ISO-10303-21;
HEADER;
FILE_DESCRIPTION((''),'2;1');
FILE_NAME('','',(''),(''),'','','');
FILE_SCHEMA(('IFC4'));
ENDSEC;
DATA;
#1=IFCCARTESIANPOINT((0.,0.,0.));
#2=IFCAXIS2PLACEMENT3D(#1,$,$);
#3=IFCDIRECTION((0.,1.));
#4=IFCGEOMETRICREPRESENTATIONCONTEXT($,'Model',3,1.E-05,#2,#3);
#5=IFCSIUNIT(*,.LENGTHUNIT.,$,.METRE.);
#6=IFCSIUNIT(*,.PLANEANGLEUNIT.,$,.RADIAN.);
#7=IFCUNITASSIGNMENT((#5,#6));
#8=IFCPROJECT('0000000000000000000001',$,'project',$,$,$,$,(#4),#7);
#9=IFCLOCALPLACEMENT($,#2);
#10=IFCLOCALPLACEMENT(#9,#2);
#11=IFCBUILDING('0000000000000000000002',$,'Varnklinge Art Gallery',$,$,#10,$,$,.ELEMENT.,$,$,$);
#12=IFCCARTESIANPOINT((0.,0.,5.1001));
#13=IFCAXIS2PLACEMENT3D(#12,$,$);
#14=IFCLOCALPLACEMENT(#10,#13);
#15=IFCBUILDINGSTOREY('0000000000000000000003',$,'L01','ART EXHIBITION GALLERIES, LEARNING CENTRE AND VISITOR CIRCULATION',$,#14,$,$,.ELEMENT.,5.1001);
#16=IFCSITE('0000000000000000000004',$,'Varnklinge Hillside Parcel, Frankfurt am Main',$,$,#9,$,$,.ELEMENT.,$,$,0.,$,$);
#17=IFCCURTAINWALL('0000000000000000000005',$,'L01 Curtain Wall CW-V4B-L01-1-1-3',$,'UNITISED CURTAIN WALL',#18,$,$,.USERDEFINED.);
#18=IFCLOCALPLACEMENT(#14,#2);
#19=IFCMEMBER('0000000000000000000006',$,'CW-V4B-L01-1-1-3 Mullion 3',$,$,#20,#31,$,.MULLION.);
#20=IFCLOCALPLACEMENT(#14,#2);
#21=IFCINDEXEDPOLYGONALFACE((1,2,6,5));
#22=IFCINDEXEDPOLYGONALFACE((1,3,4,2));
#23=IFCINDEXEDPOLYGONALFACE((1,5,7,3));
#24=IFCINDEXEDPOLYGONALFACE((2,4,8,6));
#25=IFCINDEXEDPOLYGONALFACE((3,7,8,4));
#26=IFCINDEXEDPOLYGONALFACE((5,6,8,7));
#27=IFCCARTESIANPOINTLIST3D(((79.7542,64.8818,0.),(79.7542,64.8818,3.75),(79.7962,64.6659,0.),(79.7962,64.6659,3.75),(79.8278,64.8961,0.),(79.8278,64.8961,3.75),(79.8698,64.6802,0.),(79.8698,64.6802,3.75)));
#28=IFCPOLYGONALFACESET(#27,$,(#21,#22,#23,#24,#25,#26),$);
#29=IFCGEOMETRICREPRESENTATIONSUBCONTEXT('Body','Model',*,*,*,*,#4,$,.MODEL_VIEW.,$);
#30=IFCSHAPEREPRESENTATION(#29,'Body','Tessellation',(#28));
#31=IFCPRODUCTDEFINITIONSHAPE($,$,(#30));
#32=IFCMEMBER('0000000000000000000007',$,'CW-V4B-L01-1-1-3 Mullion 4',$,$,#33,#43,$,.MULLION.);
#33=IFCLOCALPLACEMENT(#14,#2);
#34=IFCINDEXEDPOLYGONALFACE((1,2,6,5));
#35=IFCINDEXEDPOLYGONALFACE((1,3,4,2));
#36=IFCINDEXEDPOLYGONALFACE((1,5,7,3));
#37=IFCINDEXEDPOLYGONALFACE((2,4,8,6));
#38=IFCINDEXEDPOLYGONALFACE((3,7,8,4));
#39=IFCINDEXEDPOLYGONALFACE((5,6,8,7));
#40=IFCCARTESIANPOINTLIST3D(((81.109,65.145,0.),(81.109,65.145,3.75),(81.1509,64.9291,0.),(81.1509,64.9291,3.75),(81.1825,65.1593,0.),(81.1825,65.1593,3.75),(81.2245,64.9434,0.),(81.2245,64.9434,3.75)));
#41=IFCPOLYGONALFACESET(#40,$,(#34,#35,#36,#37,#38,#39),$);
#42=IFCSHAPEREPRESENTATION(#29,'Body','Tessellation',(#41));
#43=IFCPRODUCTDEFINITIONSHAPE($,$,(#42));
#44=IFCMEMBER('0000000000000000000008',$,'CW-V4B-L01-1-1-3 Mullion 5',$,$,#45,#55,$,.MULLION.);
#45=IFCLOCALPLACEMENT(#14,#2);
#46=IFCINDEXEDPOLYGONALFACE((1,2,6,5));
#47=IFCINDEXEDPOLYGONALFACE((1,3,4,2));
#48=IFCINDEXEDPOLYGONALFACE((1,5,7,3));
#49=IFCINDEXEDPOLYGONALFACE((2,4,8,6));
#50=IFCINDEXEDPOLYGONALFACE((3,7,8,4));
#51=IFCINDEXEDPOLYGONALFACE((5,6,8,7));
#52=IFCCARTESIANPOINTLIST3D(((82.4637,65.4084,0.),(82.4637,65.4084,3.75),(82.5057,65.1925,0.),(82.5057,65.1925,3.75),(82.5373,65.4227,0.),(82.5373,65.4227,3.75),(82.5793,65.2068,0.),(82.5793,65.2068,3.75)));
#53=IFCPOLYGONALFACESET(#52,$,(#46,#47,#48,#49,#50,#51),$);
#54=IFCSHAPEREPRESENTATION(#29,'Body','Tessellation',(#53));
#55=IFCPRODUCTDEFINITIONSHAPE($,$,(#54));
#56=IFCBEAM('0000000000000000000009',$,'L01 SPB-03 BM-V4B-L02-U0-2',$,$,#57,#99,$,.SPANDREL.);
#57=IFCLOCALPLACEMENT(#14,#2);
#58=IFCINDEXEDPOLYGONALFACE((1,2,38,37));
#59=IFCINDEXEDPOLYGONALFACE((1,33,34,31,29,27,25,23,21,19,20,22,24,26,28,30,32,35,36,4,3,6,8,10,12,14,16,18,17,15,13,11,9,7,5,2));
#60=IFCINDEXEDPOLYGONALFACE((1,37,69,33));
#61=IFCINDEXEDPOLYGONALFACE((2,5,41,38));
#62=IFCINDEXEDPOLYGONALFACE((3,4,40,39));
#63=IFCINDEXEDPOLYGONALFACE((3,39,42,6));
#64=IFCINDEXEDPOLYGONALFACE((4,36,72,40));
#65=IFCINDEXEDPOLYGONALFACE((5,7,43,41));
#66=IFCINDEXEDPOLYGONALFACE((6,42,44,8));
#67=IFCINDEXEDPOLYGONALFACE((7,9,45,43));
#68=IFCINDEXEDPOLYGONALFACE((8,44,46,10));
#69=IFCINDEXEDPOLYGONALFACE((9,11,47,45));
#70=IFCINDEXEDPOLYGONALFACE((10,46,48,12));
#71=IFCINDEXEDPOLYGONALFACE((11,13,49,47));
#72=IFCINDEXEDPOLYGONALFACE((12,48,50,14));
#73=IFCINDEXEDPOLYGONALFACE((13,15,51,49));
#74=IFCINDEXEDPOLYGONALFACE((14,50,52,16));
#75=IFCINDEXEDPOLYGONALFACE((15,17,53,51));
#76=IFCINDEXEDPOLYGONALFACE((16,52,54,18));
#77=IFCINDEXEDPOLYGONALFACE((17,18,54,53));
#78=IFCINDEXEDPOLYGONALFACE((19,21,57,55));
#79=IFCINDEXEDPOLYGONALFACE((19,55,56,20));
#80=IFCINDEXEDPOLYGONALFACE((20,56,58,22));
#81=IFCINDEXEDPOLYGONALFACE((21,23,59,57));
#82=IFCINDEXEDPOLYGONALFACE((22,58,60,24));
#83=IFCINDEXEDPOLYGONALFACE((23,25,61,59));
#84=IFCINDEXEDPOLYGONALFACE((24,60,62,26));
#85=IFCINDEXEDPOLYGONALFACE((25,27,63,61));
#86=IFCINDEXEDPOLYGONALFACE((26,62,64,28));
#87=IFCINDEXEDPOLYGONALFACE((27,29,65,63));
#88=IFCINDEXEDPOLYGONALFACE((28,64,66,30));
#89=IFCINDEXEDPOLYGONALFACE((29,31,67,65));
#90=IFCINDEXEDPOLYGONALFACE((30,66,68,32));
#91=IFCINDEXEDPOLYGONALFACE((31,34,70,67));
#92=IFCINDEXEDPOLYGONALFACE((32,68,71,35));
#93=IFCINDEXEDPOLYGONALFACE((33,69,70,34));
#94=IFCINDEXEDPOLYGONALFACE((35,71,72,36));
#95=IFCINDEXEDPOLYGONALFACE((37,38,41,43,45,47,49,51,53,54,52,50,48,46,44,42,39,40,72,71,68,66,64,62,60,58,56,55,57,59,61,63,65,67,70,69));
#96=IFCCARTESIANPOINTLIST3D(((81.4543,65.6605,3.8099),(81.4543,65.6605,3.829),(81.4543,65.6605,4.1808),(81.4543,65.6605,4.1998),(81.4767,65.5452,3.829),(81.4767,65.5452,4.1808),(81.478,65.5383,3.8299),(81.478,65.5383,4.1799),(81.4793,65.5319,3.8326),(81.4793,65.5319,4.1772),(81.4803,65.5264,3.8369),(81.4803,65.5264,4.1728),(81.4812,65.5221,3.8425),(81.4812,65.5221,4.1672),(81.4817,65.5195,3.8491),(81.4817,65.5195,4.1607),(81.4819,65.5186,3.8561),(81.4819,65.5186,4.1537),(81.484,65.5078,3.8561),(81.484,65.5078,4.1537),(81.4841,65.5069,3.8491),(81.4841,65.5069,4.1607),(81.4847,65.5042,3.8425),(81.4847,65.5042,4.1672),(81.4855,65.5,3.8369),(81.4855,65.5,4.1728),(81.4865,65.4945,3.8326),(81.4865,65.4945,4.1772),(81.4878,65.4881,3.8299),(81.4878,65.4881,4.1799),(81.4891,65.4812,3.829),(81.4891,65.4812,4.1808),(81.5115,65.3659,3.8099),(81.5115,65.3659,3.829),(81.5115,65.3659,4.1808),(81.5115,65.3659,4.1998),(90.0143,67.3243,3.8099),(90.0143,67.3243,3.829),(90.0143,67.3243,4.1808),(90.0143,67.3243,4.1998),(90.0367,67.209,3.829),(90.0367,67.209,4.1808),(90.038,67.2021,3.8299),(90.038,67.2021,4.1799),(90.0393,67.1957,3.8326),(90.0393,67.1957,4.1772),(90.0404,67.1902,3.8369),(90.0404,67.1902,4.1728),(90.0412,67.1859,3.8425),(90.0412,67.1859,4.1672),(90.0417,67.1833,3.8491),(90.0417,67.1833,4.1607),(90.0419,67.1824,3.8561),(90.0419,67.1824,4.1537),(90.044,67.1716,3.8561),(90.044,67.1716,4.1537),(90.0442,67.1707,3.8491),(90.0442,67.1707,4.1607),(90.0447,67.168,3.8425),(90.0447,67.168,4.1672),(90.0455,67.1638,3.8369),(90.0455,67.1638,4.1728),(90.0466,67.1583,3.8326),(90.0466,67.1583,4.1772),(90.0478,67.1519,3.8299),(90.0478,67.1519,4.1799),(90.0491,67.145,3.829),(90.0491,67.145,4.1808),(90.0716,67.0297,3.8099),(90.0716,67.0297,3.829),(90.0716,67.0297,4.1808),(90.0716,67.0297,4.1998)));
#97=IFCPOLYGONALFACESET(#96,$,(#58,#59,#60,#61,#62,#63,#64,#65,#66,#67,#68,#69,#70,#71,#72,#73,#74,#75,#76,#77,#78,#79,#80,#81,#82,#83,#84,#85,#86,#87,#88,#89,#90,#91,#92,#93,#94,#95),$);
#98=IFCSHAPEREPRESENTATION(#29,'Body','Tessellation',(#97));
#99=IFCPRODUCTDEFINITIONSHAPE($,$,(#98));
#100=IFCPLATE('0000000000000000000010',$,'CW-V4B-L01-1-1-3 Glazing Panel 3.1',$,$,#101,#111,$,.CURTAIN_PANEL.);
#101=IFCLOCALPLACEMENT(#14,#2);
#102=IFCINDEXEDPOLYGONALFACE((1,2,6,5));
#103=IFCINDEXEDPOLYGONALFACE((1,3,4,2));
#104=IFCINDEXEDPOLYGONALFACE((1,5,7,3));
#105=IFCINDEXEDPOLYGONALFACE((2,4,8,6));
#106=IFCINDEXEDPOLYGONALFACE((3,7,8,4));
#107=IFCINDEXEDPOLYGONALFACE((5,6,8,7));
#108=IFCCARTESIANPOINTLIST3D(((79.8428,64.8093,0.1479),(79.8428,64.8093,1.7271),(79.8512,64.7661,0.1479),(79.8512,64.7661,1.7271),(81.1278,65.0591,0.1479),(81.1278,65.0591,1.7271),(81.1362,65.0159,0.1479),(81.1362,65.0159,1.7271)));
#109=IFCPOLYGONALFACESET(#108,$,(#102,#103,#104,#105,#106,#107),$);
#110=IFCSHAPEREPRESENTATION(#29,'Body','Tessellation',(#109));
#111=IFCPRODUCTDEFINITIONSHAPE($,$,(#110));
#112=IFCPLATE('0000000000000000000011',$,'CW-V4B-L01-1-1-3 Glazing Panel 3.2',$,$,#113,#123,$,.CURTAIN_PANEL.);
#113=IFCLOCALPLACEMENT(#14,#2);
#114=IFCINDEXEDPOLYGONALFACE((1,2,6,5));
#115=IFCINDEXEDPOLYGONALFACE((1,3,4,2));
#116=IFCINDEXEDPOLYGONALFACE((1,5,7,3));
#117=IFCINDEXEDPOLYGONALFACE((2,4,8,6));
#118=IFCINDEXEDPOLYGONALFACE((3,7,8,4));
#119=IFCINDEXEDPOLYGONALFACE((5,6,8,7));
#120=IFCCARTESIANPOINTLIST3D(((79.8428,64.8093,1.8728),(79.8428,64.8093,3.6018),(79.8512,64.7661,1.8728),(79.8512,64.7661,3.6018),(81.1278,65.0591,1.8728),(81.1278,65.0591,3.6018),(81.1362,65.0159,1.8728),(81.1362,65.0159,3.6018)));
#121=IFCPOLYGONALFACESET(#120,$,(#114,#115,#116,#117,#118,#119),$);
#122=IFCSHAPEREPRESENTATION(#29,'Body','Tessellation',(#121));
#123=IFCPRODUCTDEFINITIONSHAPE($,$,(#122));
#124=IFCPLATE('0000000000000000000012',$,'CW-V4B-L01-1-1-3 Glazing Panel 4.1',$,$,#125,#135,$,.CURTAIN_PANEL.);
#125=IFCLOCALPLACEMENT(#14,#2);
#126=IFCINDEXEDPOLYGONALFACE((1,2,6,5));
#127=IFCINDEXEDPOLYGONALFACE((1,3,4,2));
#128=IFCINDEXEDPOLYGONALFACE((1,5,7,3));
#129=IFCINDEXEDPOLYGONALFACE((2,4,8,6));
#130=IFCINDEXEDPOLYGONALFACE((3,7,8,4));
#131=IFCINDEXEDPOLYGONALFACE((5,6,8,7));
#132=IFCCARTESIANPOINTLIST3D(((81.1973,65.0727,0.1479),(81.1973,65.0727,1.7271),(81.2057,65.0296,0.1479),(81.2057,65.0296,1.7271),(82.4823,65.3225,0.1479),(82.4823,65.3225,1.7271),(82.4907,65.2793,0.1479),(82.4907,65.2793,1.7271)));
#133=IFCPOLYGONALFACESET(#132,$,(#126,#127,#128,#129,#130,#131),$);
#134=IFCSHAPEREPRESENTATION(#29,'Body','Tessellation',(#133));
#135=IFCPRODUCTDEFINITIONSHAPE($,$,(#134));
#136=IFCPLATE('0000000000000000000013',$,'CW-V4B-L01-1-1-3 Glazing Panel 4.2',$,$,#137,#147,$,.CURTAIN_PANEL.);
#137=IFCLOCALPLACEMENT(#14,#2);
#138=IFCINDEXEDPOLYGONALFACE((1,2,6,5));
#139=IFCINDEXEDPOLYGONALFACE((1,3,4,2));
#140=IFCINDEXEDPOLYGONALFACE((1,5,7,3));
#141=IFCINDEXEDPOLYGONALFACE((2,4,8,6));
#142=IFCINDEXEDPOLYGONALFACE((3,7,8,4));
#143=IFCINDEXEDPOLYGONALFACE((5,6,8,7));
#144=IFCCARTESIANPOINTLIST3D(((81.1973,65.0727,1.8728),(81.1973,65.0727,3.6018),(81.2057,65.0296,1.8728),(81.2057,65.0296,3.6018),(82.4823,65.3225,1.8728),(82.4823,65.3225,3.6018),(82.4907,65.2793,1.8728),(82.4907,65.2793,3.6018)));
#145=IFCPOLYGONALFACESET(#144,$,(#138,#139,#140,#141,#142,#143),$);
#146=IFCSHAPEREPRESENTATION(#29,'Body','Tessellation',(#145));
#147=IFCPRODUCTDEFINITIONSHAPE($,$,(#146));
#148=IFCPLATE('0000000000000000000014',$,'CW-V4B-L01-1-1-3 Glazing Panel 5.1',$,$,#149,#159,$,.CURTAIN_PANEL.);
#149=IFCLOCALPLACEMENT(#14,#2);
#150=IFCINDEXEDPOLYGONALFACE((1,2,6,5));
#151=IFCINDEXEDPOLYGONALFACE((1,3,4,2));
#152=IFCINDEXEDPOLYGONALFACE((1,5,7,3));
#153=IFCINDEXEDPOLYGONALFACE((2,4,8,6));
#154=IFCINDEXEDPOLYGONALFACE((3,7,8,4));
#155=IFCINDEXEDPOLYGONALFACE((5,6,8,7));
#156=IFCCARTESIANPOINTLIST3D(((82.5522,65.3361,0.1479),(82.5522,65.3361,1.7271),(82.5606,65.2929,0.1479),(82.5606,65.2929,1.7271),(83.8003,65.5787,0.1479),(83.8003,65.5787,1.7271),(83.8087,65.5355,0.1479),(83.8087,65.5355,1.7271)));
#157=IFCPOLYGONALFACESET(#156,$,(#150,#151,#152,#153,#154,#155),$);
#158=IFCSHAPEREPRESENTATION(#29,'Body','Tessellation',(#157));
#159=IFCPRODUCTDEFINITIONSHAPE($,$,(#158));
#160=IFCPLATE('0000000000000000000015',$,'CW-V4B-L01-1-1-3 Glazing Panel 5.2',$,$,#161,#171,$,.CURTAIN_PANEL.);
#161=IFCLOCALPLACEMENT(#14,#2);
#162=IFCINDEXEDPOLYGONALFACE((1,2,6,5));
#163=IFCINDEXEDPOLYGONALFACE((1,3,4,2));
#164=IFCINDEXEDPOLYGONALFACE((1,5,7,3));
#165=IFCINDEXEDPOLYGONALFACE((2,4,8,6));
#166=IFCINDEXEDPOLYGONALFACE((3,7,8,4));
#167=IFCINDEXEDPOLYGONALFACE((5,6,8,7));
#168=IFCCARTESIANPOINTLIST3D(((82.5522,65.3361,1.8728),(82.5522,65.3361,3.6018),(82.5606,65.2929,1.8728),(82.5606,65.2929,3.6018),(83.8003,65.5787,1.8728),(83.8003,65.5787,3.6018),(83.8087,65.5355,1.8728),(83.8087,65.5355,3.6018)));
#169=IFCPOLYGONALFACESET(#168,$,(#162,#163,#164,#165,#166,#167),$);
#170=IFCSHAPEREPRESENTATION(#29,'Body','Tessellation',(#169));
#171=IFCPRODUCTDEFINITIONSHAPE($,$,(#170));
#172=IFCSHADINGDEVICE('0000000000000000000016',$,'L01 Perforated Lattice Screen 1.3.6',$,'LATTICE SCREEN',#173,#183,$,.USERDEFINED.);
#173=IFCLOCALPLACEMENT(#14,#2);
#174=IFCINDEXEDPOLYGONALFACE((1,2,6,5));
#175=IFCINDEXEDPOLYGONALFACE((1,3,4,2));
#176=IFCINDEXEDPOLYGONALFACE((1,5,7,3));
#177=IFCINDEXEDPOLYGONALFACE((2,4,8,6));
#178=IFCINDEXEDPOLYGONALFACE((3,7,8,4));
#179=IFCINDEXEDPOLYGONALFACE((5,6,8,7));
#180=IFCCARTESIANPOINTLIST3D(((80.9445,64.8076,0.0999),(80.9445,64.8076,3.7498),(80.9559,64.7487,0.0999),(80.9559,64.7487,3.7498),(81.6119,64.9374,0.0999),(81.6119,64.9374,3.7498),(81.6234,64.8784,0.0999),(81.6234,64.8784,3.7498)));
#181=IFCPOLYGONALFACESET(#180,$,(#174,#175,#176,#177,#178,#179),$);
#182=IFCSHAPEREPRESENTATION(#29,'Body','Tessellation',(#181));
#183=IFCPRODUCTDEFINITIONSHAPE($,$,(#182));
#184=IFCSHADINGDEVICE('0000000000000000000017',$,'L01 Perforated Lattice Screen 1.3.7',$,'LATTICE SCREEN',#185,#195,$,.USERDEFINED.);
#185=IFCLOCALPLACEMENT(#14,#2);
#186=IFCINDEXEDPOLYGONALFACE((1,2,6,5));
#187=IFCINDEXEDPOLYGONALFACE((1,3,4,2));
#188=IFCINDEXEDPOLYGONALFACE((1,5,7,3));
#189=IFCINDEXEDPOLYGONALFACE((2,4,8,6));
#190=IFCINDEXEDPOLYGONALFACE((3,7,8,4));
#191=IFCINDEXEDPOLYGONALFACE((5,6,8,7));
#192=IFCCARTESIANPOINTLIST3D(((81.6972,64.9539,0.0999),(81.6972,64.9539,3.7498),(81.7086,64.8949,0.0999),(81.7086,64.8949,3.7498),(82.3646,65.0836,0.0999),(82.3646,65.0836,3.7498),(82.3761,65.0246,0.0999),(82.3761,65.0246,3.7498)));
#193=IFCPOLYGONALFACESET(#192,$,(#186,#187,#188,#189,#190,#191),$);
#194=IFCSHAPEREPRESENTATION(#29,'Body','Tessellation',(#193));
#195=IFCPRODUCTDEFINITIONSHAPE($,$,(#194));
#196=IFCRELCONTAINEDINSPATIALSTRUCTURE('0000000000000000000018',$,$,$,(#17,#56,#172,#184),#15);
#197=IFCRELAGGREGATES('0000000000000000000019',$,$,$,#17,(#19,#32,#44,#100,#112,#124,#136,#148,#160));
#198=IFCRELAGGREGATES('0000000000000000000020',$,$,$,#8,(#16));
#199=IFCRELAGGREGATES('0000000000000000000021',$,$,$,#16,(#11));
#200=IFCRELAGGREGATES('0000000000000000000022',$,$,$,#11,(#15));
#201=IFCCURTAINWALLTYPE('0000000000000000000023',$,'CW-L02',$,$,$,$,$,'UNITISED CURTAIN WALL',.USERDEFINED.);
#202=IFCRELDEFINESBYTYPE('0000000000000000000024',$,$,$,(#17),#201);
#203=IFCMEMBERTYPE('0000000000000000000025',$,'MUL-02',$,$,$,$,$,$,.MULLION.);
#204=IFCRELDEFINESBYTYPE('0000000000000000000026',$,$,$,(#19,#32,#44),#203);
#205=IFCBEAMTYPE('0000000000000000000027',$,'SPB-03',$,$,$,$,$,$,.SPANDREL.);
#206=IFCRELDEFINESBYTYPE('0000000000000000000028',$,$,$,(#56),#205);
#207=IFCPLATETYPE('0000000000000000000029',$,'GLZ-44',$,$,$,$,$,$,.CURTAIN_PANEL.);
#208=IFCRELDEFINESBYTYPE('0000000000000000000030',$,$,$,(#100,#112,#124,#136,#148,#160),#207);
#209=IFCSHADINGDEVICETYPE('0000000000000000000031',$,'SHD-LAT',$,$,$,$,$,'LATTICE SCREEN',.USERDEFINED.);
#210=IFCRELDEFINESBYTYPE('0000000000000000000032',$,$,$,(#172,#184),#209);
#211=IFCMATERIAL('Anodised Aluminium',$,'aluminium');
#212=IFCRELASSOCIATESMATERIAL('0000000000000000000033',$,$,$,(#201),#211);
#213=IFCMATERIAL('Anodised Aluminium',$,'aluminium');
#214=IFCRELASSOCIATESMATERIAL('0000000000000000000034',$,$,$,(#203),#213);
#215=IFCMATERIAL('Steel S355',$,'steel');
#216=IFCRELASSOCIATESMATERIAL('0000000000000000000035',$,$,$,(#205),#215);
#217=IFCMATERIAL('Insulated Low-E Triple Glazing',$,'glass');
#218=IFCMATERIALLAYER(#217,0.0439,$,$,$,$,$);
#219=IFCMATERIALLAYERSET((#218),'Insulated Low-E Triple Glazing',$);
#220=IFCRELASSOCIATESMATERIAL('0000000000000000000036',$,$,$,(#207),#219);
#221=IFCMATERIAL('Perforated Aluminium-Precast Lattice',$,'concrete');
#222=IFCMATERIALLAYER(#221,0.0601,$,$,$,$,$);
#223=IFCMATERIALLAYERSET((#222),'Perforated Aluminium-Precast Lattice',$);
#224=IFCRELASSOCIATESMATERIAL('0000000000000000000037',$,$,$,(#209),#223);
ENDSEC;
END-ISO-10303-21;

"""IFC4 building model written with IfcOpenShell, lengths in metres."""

from ifc_helpers import new_model, si_unit, direction, frame, origin, origin_2d, place, context, subcontext, project, spatial, rectangle, i_section, extrude, material, layer, layer_set, material_profile, profile_set, type_object, element, aggregate, save


model = new_model("IFC4")

# Units and contexts
model_context = context("Model", 3, precision=1e-05, world=origin(), true_north=direction((0.0, 1.0)))
body_context = subcontext(model_context, "Body", "Model", "MODEL_VIEW")
ifc_project = project(units=[si_unit("LENGTHUNIT", "METRE"), si_unit("PLANEANGLEUNIT", "RADIAN")], contexts=[model_context])

# Site, building, storey
site_placement = place(None, origin())
site = spatial("IfcSite", under=ifc_project, at=site_placement, Name="Varnklinge Hillside Parcel, Frankfurt am Main", CompositionType="ELEMENT", RefElevation=0.0)
building_placement = place(site_placement, origin())
building = spatial("IfcBuilding", under=site, at=building_placement, Name="Varnklinge Art Gallery", CompositionType="ELEMENT")
storey_placement = place(building_placement, frame((0.0, 0.0, 5.1001)))
storey = spatial("IfcBuildingStorey", under=building, at=storey_placement, Name="L01", Description="ART EXHIBITION GALLERIES, LEARNING CENTRE AND VISITOR CIRCULATION", CompositionType="ELEMENT", Elevation=5.1001)

# Curtain wall, members
ifc_material_1 = material(Name="Anodised Aluminium", Category="aluminium")
curtain_wall_type = type_object("IfcCurtainWallType", Name="CW-L02", ElementType="UNITISED CURTAIN WALL", PredefinedType="USERDEFINED", material=ifc_material_1)
curtain_wall_placement = place(storey_placement, origin())
curtain_wall = element("IfcCurtainWall", 1, at=curtain_wall_placement, inside=storey, type_object=curtain_wall_type, Name="L01 Curtain Wall CW-V4B-L01-1-1-3", ObjectType="UNITISED CURTAIN WALL", PredefinedType="USERDEFINED")
ifc_material_2 = material(Name="Anodised Aluminium", Category="aluminium")
ifc_material_profile_1 = material_profile(ifc_material_2, rectangle(XDim=0.075, YDim=0.22, at=origin_2d()), Name="ALU 75x220")
ifc_profile_set_1 = profile_set([ifc_material_profile_1], Name="Anodised Aluminium")
member_type = type_object("IfcMemberType", Name="MUL-02", PredefinedType="MULLION", material=ifc_profile_set_1)
member_1_placement = place(storey_placement, frame((79.812, 64.781, 0.0), z_axis=(0.0, 0.0, 1.0), x_axis=(0.981627, 0.190809, 0.0)))
member_1 = element("IfcMember", 2, at=member_1_placement, type_object=member_type, Name="CW-V4B-L01-1-1-3 Mullion 3", PredefinedType="MULLION", context=body_context, shape_type="SweptSolid", body=[
    extrude(rectangle(XDim=0.075, YDim=0.22, at=origin_2d()), origin(), (0.0, 0.0, 1.0), 3.75),
])
member_2_placement = place(storey_placement, frame((81.1667, 65.0442, 0.0), z_axis=(0.0, 0.0, 1.0), x_axis=(0.981627, 0.190809, 0.0)))
member_2 = element("IfcMember", 3, at=member_2_placement, type_object=member_type, Name="CW-V4B-L01-1-1-3 Mullion 4", PredefinedType="MULLION", context=body_context, shape_type="SweptSolid", body=[
    extrude(rectangle(XDim=0.075, YDim=0.22, at=origin_2d()), origin(), (0.0, 0.0, 1.0), 3.75),
])
member_3_placement = place(storey_placement, frame((82.5215, 65.3076, 0.0), z_axis=(0.0, 0.0, 1.0), x_axis=(0.981627, 0.190809, 0.0)))
member_3 = element("IfcMember", 4, at=member_3_placement, type_object=member_type, Name="CW-V4B-L01-1-1-3 Mullion 5", PredefinedType="MULLION", context=body_context, shape_type="SweptSolid", body=[
    extrude(rectangle(XDim=0.075, YDim=0.22, at=origin_2d()), origin(), (0.0, 0.0, 1.0), 3.75),
])

# Beam
ifc_material_3 = material(Name="Steel S355", Category="steel")
ifc_material_profile_2 = material_profile(ifc_material_3, i_section(OverallWidth=0.3, OverallDepth=0.3899, WebThickness=0.011, FlangeThickness=0.019, FilletRadius=0.0271, at=origin_2d()), Name="HEA 400")
ifc_profile_set_2 = profile_set([ifc_material_profile_2], Name="Steel S355")
beam_type_1 = type_object("IfcBeamType", Name="SPB-03", PredefinedType="SPANDREL", material=ifc_profile_set_2)
beam_1_placement = place(storey_placement, frame((81.4829, 65.5132, 4.0049), z_axis=(0.981629, 0.190799, 0.0), x_axis=(-0.190799, 0.981629, 0.0)))
element("IfcBeam", 5, at=beam_1_placement, inside=storey, type_object=beam_type_1, Name="L01 SPB-03 BM-V4B-L02-U0-2", PredefinedType="SPANDREL", context=body_context, shape_type="SweptSolid", body=[
    extrude(i_section(OverallWidth=0.3, OverallDepth=0.3899, WebThickness=0.011, FlangeThickness=0.019, FilletRadius=0.0271, at=origin_2d()), origin(), (0.0, 0.0, 1.0), 8.7202),
])

# Plates
ifc_material_4 = material(Name="Insulated Low-E Triple Glazing", Category="glass")
ifc_layer_1 = layer(ifc_material_4, 0.0439)
ifc_layer_set_1 = layer_set([ifc_layer_1], Name="Insulated Low-E Triple Glazing")
plate_type = type_object("IfcPlateType", Name="GLZ-44", PredefinedType="CURTAIN_PANEL", material=ifc_layer_set_1)
plate_1_placement = place(storey_placement, frame((80.4895, 64.9126, 0.1479), z_axis=(0.0, 0.0, 1.0), x_axis=(0.981627, 0.190809, 0.0)))
plate_1 = element("IfcPlate", 6, at=plate_1_placement, type_object=plate_type, Name="CW-V4B-L01-1-1-3 Glazing Panel 3.1", PredefinedType="CURTAIN_PANEL", context=body_context, shape_type="SweptSolid", body=[
    extrude(rectangle(XDim=1.3091, YDim=0.0439, at=origin_2d()), origin(), (0.0, 0.0, 1.0), 1.5791),
])
plate_2_placement = place(storey_placement, frame((80.4895, 64.9126, 1.8728), z_axis=(0.0, 0.0, 1.0), x_axis=(0.981627, 0.190809, 0.0)))
plate_2 = element("IfcPlate", 7, at=plate_2_placement, type_object=plate_type, Name="CW-V4B-L01-1-1-3 Glazing Panel 3.2", PredefinedType="CURTAIN_PANEL", context=body_context, shape_type="SweptSolid", body=[
    extrude(rectangle(XDim=1.3091, YDim=0.0439, at=origin_2d()), origin(), (0.0, 0.0, 1.0), 1.729),
])
plate_3_placement = place(storey_placement, frame((81.844, 65.176, 0.1479), z_axis=(0.0, 0.0, 1.0), x_axis=(0.981627, 0.190809, 0.0)))
plate_3 = element("IfcPlate", 8, at=plate_3_placement, type_object=plate_type, Name="CW-V4B-L01-1-1-3 Glazing Panel 4.1", PredefinedType="CURTAIN_PANEL", context=body_context, shape_type="SweptSolid", body=[
    extrude(rectangle(XDim=1.3091, YDim=0.0439, at=origin_2d()), origin(), (0.0, 0.0, 1.0), 1.5791),
])
plate_4_placement = place(storey_placement, frame((81.844, 65.176, 1.8728), z_axis=(0.0, 0.0, 1.0), x_axis=(0.981627, 0.190809, 0.0)))
plate_4 = element("IfcPlate", 9, at=plate_4_placement, type_object=plate_type, Name="CW-V4B-L01-1-1-3 Glazing Panel 4.2", PredefinedType="CURTAIN_PANEL", context=body_context, shape_type="SweptSolid", body=[
    extrude(rectangle(XDim=1.3091, YDim=0.0439, at=origin_2d()), origin(), (0.0, 0.0, 1.0), 1.729),
])
plate_5_placement = place(storey_placement, frame((83.1804, 65.4358, 0.1479), z_axis=(0.0, 0.0, 1.0), x_axis=(0.981627, 0.190809, 0.0)))
plate_5 = element("IfcPlate", 10, at=plate_5_placement, type_object=plate_type, Name="CW-V4B-L01-1-1-3 Glazing Panel 5.1", PredefinedType="CURTAIN_PANEL", context=body_context, shape_type="SweptSolid", body=[
    extrude(rectangle(XDim=1.2715, YDim=0.0439, at=origin_2d()), origin(), (0.0, 0.0, 1.0), 1.5791),
])
plate_6_placement = place(storey_placement, frame((83.1804, 65.4358, 1.8728), z_axis=(0.0, 0.0, 1.0), x_axis=(0.981627, 0.190809, 0.0)))
plate_6 = element("IfcPlate", 11, at=plate_6_placement, type_object=plate_type, Name="CW-V4B-L01-1-1-3 Glazing Panel 5.2", PredefinedType="CURTAIN_PANEL", context=body_context, shape_type="SweptSolid", body=[
    extrude(rectangle(XDim=1.2715, YDim=0.0439, at=origin_2d()), origin(), (0.0, 0.0, 1.0), 1.729),
])
aggregate(curtain_wall, [member_1, member_2, member_3, plate_1, plate_2, plate_3, plate_4, plate_5, plate_6])

# Shading devices
ifc_material_5 = material(Name="Perforated Aluminium-Precast Lattice", Category="concrete")
ifc_layer_2 = layer(ifc_material_5, 0.0601)
ifc_layer_set_2 = layer_set([ifc_layer_2], Name="Perforated Aluminium-Precast Lattice")
shading_device_type = type_object("IfcShadingDeviceType", Name="SHD-LAT", ElementType="LATTICE SCREEN", PredefinedType="USERDEFINED", material=ifc_layer_set_2)
for number, where, z_axis, x_axis, name in (
    (12, (81.2839, 64.843, 0.0999), (0.0, 0.0, 1.0), (0.981627, 0.190809, 0.0), "L01 Perforated Lattice Screen 1.3.6"),
    (13, (82.0366, 64.9893, 0.0999), (0.0, 0.0, 1.0), (0.981627, 0.190809, 0.0), "L01 Perforated Lattice Screen 1.3.7"),
):
    element("IfcShadingDevice", number, at=place(storey_placement, frame(where, z_axis=z_axis, x_axis=x_axis)), inside=storey, type_object=shading_device_type, Name=name, ObjectType="LATTICE SCREEN", PredefinedType="USERDEFINED", context=body_context, shape_type="SweptSolid", body=[
        extrude(rectangle(XDim=0.6799, YDim=0.0601, at=origin_2d()), origin(), (0.0, 0.0, 1.0), 3.6499),
    ])

save(model, "model.ifc")
